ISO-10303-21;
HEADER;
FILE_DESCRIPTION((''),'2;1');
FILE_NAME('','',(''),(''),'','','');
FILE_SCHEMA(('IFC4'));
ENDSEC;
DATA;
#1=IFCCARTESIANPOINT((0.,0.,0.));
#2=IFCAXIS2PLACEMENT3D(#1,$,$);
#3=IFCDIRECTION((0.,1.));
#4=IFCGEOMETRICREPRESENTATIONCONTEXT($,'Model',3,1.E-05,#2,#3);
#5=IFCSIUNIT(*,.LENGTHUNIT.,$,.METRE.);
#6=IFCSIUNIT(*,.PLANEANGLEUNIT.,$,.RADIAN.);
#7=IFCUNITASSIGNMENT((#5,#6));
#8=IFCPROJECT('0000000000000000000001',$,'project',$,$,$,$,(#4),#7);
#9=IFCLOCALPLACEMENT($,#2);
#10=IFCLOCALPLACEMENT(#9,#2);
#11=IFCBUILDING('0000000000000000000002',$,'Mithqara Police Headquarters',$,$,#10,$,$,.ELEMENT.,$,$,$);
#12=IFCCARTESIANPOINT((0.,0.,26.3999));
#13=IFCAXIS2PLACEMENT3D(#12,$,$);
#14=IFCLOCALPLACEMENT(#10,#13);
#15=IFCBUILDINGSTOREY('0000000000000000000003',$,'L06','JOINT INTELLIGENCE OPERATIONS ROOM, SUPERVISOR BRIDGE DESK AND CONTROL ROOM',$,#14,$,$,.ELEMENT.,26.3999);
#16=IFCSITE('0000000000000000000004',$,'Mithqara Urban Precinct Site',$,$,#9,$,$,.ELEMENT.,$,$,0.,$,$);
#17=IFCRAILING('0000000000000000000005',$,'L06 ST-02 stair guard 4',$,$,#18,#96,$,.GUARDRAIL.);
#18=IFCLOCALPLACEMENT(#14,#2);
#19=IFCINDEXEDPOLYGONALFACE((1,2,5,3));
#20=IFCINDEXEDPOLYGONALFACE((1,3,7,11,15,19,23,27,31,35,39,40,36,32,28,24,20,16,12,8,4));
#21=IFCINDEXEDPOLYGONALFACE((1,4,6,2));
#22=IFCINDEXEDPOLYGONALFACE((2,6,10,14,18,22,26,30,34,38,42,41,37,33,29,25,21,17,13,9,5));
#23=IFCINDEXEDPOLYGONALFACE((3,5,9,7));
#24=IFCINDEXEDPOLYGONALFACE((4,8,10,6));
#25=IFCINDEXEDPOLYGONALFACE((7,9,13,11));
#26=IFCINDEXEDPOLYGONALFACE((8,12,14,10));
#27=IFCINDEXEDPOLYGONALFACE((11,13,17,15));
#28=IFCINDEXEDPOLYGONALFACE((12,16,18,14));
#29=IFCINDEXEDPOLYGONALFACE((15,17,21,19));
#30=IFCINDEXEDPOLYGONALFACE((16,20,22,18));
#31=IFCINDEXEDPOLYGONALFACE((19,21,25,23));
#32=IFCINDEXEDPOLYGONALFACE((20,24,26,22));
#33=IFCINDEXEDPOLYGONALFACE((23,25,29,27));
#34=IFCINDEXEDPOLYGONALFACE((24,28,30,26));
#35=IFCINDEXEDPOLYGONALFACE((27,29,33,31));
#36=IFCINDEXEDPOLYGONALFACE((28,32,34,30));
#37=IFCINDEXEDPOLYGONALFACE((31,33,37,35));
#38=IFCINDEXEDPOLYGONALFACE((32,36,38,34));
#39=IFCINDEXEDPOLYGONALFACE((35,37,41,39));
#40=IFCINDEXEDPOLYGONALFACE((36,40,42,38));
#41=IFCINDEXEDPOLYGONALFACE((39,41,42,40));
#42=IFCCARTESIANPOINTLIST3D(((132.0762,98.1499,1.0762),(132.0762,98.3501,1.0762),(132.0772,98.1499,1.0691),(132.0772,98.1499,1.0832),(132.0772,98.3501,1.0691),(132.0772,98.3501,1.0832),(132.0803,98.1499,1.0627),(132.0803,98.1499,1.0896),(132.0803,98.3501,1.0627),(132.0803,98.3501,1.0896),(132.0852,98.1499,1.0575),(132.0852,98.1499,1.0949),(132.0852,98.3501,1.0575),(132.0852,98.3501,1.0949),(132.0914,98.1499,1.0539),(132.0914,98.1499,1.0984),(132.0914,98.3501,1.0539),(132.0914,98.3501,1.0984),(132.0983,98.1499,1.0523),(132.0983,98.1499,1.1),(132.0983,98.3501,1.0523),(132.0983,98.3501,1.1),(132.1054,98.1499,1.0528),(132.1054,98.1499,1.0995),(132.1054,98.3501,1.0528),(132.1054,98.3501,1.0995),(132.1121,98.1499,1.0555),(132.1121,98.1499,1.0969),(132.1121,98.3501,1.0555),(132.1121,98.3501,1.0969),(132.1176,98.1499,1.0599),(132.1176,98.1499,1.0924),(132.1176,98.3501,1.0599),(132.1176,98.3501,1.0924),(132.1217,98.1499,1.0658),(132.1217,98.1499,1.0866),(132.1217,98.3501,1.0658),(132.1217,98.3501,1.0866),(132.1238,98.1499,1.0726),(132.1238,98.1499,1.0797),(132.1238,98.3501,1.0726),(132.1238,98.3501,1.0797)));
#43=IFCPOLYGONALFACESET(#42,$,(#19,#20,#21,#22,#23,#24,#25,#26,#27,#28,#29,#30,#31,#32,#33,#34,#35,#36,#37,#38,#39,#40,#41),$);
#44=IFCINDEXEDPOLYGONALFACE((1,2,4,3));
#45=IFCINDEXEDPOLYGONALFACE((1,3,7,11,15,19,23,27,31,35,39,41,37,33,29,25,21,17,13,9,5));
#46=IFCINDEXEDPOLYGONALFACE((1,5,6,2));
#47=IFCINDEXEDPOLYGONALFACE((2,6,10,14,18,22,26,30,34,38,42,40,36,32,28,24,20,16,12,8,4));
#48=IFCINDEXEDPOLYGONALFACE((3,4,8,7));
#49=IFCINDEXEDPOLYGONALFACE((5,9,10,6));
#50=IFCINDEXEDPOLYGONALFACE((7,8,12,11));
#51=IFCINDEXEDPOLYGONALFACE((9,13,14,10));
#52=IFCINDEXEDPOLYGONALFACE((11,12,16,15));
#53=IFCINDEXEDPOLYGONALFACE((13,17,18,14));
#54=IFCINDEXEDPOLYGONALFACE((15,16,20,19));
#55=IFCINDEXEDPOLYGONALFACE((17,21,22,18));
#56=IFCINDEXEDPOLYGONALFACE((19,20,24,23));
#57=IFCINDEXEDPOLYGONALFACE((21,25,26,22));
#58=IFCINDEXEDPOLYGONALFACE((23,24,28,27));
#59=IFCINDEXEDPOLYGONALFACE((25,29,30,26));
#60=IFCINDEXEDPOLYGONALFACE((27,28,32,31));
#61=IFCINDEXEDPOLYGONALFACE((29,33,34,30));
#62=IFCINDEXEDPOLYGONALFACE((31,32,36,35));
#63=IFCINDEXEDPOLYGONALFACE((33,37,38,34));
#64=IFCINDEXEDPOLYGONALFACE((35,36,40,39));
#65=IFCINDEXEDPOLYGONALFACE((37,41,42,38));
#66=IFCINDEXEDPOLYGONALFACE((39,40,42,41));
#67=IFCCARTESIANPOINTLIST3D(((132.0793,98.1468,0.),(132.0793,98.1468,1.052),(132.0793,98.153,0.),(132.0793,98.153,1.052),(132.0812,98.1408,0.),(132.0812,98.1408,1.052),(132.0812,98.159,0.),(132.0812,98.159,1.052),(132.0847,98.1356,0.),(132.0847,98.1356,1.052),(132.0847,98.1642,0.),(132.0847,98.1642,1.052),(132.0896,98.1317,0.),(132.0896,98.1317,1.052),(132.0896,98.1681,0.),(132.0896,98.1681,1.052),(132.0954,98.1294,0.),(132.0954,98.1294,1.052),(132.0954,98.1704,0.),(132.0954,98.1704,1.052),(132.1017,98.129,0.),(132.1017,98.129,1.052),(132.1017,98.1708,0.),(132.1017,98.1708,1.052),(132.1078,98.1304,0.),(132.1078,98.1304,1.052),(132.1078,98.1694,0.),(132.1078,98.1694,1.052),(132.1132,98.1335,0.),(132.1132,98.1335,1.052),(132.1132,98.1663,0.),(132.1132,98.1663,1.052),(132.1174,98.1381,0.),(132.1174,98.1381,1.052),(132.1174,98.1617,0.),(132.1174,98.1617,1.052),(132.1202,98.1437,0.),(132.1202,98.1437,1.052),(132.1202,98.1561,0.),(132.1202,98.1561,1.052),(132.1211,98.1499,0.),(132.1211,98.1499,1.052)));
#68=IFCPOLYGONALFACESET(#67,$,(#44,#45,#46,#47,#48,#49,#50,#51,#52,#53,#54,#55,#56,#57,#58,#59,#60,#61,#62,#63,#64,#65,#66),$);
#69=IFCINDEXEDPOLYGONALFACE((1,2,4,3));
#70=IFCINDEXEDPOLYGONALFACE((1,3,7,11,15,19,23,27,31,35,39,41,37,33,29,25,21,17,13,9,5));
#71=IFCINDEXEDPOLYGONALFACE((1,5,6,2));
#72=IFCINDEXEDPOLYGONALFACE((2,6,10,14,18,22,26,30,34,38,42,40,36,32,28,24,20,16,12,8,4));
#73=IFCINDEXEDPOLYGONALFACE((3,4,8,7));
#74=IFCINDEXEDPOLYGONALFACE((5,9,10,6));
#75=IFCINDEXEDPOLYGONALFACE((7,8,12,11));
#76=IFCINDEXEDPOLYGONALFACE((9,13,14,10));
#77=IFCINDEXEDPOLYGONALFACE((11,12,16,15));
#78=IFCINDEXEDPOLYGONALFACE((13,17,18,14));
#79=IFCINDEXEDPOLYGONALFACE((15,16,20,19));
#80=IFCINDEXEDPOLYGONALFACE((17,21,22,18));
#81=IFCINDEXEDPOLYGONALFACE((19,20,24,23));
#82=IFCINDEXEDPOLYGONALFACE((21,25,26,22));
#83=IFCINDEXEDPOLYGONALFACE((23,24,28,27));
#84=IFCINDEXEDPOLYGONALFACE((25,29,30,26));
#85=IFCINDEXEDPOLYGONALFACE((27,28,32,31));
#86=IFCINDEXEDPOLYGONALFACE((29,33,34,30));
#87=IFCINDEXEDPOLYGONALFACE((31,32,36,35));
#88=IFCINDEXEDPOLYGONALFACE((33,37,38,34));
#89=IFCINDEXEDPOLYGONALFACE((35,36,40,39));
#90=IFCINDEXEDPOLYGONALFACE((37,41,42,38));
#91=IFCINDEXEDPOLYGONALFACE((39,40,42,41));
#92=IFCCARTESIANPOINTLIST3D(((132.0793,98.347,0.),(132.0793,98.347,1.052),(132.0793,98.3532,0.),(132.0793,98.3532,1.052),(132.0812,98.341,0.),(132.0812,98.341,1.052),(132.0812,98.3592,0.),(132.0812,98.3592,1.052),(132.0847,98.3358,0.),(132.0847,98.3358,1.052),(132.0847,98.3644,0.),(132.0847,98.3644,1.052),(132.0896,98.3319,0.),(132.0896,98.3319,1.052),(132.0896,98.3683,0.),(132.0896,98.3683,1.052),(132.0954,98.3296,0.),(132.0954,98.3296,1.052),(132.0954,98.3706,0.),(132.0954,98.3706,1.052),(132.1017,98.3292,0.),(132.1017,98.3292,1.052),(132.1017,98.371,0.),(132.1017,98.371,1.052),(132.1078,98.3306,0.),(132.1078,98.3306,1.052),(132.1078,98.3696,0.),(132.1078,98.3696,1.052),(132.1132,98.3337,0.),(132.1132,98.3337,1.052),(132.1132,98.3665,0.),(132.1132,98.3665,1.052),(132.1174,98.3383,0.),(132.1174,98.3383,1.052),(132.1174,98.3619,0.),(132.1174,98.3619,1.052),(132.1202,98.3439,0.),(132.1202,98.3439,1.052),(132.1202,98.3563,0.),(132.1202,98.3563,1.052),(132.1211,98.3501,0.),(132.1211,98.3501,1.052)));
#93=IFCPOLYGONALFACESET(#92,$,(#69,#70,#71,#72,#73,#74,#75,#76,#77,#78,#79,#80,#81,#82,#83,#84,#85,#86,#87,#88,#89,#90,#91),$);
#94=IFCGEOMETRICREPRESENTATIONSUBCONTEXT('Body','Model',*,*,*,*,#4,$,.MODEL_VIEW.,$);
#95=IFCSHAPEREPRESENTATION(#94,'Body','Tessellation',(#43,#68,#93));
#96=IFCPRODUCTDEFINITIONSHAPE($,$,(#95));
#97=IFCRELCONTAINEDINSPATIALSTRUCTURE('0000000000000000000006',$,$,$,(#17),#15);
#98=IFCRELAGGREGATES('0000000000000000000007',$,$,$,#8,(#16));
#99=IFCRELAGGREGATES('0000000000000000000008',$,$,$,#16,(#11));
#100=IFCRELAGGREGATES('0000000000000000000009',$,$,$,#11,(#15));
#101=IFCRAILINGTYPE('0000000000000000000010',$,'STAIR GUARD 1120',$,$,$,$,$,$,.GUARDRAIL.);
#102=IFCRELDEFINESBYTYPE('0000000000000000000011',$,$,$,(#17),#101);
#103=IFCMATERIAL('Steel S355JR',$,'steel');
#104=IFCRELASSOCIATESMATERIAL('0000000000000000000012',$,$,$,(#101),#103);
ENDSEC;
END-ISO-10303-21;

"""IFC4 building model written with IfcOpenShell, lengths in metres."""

from ifc_helpers import new_model, si_unit, direction, frame, origin, origin_2d, place, context, subcontext, project, spatial, circle, extrude, material, type_object, element, save


model = new_model("IFC4")

# Units and contexts
model_context = context("Model", 3, precision=1e-05, world=origin(), true_north=direction((0.0, 1.0)))
body_context = subcontext(model_context, "Body", "Model", "MODEL_VIEW")
ifc_project = project(units=[si_unit("LENGTHUNIT", "METRE"), si_unit("PLANEANGLEUNIT", "RADIAN")], contexts=[model_context])

# Site, building, storey
site_placement = place(None, origin())
site = spatial("IfcSite", under=ifc_project, at=site_placement, Name="Mithqara Urban Precinct Site", CompositionType="ELEMENT", RefElevation=0.0)
building_placement = place(site_placement, origin())
building = spatial("IfcBuilding", under=site, at=building_placement, Name="Mithqara Police Headquarters", CompositionType="ELEMENT")
storey_placement = place(building_placement, frame((0.0, 0.0, 26.3999)))
storey = spatial("IfcBuildingStorey", under=building, at=storey_placement, Name="L06", Description="JOINT INTELLIGENCE OPERATIONS ROOM, SUPERVISOR BRIDGE DESK AND CONTROL ROOM", CompositionType="ELEMENT", Elevation=26.3999)

# Shared definitions
ifc_material_1 = material(Name="Steel S355JR", Category="steel")

# Railing
railing_type = type_object("IfcRailingType", Name="STAIR GUARD 1120", PredefinedType="GUARDRAIL", material=ifc_material_1)
railing_1_placement = place(storey_placement, frame((132.1001, 98.1499, 0.0)))
element("IfcRailing", 1, at=railing_1_placement, inside=storey, type_object=railing_type, Name="L06 ST-02 stair guard 4", PredefinedType="GUARDRAIL", context=body_context, shape_type="SweptSolid", body=[
    extrude(circle(Radius=0.0239, at=origin_2d()), frame((0.0, 0.0, 1.0762), z_axis=(0.0, 1.0, 0.0), x_axis=(-1.0, 0.0, 0.0)), (0.0, 0.0, 1.0), 0.2002),
    extrude(circle(Radius=0.021, at=origin_2d()), origin(), (0.0, 0.0, 1.0), 1.052),
    extrude(circle(Radius=0.021, at=origin_2d()), frame((0.0, 0.2002, 0.0)), (0.0, 0.0, 1.0), 1.052),
])

save(model, "model.ifc")
